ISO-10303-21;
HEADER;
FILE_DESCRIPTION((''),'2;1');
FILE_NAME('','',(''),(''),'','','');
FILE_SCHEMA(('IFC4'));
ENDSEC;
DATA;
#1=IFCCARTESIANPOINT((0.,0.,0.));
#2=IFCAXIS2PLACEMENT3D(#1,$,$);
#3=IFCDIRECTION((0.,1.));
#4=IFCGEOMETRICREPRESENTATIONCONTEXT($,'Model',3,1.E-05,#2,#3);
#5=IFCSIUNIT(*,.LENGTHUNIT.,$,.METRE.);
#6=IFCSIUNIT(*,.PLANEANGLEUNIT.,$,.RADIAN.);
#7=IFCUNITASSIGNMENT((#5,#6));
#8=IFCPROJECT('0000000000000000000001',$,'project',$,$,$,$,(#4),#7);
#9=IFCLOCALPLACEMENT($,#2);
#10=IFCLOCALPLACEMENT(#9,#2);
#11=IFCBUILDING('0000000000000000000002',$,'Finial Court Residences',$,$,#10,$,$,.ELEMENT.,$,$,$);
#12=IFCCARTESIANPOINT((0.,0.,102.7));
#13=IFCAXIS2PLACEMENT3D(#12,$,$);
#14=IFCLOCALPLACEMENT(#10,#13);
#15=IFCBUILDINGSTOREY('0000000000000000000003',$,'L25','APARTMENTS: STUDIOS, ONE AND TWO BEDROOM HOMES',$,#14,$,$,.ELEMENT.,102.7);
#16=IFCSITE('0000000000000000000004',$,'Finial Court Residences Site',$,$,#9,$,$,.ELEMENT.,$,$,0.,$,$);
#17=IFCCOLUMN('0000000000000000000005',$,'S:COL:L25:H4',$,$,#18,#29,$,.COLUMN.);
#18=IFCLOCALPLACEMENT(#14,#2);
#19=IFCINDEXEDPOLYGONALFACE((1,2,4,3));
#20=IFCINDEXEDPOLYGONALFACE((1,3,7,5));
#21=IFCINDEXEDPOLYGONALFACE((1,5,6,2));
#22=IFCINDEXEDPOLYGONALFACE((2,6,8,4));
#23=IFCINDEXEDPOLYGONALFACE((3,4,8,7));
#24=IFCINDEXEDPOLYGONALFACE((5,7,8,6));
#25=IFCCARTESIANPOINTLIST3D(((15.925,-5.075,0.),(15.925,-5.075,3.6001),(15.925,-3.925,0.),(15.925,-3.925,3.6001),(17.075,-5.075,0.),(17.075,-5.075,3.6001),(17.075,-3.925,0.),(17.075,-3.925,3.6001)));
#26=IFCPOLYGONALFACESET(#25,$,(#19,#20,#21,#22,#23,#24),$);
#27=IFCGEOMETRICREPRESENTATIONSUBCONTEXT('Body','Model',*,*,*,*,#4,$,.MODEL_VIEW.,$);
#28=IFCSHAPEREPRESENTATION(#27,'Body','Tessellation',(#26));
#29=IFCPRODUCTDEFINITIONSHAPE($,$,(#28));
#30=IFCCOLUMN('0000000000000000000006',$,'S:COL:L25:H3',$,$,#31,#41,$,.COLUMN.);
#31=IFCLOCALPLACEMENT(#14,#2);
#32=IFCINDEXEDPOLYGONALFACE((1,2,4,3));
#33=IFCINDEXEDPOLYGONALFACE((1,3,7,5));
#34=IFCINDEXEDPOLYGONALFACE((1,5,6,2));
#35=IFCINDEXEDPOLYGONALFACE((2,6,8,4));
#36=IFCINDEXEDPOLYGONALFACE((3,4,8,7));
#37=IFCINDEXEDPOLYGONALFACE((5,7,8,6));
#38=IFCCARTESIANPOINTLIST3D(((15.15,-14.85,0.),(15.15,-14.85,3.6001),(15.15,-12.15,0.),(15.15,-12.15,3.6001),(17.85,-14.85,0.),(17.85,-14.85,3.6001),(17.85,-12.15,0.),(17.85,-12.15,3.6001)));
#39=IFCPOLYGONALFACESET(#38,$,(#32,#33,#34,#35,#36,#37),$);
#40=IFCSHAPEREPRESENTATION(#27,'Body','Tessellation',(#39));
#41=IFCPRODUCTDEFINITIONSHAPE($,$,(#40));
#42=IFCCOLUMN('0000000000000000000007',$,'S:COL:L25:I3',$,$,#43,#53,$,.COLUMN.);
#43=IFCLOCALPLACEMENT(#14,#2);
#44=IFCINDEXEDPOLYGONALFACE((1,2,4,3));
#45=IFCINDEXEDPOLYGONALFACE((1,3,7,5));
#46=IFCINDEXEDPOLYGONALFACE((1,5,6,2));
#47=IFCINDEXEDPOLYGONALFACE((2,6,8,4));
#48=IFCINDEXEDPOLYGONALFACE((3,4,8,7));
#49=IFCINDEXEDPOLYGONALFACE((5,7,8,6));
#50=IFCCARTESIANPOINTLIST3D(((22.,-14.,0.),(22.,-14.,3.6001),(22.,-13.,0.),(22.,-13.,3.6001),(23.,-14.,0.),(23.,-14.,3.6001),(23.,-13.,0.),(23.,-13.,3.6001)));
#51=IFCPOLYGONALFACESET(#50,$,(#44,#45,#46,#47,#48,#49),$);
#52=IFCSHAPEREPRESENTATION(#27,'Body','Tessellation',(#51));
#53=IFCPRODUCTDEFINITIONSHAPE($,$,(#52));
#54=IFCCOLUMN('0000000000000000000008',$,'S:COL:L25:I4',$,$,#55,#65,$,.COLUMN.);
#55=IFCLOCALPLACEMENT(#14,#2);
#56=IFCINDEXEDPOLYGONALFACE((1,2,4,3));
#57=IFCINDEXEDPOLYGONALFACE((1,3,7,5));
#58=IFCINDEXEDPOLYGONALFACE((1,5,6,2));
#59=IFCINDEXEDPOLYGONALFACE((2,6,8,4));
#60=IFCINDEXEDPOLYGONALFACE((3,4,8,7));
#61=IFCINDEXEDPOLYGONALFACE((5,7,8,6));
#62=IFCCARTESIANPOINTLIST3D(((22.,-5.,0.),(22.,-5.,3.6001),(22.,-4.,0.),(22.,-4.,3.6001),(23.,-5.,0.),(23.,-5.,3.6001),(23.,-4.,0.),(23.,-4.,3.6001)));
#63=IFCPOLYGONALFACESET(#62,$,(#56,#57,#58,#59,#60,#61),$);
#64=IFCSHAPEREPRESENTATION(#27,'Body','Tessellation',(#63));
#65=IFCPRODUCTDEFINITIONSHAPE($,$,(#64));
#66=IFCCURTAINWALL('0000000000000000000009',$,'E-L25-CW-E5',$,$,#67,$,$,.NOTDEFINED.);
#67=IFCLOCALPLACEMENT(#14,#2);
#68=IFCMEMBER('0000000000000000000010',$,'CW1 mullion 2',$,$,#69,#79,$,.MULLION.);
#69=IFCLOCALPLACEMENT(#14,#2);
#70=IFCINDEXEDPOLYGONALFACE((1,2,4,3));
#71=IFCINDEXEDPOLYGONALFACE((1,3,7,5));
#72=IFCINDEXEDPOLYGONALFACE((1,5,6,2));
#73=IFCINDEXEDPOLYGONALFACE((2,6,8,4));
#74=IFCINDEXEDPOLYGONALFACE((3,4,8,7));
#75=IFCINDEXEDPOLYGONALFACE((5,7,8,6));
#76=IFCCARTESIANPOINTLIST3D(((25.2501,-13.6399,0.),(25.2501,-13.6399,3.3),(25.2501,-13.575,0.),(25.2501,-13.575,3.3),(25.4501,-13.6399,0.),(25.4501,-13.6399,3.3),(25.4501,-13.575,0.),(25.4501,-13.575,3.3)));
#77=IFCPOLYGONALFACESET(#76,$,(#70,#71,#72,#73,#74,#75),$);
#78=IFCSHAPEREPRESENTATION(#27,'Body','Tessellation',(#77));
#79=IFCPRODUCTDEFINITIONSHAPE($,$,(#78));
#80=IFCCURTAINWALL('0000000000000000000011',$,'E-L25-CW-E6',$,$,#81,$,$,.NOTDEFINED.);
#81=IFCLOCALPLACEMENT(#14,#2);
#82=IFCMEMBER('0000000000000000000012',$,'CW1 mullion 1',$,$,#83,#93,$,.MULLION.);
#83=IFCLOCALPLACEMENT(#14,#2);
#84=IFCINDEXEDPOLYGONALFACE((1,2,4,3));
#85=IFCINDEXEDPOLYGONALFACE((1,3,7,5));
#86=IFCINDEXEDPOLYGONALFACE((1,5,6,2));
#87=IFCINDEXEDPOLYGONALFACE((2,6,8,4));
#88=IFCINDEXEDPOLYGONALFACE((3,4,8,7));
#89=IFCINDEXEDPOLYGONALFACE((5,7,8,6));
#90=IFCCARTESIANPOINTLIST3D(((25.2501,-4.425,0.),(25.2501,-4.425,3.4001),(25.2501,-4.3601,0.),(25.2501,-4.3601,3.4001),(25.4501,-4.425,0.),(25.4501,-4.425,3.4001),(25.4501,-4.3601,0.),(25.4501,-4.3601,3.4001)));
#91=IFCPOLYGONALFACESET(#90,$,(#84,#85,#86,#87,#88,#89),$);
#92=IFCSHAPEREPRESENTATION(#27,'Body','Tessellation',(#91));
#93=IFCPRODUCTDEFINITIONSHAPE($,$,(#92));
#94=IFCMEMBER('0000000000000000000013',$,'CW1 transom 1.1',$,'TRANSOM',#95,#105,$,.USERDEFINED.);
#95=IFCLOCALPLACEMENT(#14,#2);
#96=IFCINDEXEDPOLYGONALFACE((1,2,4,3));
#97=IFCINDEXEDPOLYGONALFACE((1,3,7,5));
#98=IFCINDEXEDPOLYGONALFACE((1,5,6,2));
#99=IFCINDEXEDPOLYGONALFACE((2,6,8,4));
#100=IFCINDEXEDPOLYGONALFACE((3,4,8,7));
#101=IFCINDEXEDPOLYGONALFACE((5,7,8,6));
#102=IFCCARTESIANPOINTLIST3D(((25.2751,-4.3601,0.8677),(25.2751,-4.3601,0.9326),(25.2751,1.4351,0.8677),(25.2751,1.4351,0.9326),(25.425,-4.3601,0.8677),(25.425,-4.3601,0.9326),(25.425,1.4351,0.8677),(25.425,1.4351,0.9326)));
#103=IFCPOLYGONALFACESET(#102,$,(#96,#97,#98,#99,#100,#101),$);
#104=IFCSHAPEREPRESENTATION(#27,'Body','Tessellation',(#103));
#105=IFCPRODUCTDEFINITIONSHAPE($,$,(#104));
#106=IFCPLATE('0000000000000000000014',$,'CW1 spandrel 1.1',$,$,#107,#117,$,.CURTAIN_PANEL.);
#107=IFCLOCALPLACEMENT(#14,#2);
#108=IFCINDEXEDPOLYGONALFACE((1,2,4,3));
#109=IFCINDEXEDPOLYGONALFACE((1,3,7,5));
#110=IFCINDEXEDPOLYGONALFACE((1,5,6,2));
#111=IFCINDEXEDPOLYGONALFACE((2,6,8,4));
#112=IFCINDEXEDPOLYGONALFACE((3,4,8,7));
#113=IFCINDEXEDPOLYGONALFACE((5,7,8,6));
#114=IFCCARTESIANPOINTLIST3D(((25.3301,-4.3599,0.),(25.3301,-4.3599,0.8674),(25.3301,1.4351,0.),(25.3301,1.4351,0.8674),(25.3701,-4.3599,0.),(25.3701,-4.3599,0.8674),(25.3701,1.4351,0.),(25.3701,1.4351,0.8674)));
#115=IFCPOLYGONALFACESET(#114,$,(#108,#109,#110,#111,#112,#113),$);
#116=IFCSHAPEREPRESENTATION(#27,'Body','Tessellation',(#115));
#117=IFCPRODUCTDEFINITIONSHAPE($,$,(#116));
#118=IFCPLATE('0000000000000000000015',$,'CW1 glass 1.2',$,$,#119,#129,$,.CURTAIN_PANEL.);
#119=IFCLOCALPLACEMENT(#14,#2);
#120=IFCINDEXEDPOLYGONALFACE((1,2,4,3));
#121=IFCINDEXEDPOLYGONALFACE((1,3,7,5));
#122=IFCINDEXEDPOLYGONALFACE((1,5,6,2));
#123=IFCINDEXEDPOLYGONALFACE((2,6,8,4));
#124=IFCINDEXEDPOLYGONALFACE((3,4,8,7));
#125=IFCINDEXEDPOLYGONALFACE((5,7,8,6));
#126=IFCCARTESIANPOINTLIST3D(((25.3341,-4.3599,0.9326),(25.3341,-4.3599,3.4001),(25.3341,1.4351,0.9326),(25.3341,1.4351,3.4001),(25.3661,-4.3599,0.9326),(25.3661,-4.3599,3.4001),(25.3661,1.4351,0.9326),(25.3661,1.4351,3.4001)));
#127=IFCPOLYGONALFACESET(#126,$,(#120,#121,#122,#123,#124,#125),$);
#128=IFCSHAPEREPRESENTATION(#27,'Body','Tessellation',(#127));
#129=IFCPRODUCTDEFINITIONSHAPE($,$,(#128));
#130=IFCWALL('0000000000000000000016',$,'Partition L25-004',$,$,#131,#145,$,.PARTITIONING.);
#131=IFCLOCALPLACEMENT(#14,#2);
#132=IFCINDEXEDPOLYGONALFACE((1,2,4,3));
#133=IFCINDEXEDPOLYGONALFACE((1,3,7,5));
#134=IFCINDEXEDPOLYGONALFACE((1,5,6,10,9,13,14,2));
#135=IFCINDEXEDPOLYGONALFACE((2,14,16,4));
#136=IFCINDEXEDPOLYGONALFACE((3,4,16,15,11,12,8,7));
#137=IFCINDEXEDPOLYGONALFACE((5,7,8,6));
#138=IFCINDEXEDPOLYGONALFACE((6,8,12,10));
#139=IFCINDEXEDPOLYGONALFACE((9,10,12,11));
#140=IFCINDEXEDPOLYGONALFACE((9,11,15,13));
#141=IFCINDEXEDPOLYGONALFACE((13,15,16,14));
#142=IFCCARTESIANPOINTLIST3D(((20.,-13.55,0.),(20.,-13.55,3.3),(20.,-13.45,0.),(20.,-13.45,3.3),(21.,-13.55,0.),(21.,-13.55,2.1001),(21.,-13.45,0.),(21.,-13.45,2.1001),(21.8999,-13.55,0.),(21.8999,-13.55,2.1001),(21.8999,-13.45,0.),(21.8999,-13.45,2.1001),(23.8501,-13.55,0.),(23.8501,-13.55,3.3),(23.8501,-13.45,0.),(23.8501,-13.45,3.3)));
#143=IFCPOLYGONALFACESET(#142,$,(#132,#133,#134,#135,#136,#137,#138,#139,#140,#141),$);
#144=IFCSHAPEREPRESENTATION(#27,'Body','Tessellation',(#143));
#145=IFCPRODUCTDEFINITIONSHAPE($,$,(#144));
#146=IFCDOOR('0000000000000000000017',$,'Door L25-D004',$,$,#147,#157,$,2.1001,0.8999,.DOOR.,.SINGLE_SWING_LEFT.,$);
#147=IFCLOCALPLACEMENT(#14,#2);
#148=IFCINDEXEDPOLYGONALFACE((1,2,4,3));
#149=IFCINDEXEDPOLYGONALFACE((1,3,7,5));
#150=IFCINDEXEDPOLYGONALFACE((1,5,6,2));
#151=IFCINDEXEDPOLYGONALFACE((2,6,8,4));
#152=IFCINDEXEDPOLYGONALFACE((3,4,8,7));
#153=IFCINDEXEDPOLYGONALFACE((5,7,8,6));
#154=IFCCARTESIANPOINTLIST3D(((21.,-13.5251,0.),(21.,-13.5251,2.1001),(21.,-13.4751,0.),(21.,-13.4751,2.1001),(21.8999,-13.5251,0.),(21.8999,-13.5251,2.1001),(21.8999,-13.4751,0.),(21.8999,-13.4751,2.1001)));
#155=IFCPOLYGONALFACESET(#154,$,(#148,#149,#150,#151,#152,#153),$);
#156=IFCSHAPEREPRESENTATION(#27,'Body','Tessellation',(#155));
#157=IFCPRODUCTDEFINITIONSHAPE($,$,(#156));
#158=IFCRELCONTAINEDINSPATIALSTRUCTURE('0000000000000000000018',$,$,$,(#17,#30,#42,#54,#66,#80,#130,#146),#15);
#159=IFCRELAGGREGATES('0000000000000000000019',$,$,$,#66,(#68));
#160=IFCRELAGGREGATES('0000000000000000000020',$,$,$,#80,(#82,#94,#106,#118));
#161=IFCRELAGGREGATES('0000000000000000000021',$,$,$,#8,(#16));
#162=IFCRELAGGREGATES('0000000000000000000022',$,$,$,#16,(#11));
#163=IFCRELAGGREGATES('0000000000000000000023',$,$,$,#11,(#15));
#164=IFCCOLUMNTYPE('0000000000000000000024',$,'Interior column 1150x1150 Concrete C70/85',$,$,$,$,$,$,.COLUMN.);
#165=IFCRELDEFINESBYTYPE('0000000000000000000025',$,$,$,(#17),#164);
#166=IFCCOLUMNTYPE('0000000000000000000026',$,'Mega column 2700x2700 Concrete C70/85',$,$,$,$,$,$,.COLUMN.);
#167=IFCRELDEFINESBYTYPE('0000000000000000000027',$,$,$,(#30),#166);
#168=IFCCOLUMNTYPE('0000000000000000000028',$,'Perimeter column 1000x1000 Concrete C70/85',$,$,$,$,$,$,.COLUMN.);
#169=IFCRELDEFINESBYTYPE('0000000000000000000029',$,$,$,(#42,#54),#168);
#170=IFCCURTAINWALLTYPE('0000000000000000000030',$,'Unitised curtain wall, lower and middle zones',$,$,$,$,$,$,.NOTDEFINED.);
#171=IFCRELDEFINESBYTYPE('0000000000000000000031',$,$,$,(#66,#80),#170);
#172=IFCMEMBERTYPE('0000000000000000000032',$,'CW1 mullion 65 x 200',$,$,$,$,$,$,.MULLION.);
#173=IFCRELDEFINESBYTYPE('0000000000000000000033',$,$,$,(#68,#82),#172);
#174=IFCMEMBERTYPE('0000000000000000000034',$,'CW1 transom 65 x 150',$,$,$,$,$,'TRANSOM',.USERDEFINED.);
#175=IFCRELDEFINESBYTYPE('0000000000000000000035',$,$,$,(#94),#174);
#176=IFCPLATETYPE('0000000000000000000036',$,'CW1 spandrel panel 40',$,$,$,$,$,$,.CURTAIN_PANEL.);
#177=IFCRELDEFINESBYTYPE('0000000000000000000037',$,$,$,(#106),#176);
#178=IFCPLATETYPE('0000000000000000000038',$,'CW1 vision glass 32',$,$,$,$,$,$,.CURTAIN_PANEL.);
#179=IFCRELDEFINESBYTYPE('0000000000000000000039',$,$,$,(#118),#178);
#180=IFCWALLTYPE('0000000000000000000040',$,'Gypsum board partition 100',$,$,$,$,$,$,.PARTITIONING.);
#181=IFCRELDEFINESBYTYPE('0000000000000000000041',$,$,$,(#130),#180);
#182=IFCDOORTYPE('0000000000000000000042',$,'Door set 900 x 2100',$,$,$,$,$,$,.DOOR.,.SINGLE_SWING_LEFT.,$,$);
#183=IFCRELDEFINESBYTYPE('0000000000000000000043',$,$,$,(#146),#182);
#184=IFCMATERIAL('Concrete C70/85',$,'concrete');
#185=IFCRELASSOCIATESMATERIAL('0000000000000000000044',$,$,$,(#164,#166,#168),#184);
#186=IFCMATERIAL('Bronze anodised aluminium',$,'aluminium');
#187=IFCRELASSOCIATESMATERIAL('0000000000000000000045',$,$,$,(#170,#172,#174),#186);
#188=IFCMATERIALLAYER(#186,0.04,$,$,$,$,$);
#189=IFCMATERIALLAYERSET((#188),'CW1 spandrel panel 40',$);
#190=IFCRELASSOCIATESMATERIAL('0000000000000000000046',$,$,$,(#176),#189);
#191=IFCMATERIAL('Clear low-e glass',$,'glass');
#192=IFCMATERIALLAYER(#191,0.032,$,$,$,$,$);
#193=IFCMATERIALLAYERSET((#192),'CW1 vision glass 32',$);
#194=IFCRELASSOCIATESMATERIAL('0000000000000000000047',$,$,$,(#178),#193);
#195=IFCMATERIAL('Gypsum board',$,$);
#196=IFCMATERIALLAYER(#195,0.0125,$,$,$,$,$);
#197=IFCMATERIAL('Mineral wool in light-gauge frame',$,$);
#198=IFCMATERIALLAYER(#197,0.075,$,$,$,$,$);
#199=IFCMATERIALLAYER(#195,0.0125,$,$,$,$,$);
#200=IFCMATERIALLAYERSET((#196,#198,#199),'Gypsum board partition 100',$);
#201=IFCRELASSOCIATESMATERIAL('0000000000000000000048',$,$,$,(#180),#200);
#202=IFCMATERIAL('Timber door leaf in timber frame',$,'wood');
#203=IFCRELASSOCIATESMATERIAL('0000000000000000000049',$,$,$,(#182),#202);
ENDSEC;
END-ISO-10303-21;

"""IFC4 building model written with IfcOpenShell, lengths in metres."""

from ifc_helpers import new_model, si_unit, direction, frame, frame_2d, origin, origin_2d, place, context, subcontext, project, spatial, rectangle, extrude, material, layer, layer_set, material_profile, profile_set, type_object, element, fill, aggregate, save


model = new_model("IFC4")

# Units and contexts
model_context = context("Model", 3, precision=1e-05, world=origin(), true_north=direction((0.0, 1.0)))
body_context = subcontext(model_context, "Body", "Model", "MODEL_VIEW")
ifc_project = project(units=[si_unit("LENGTHUNIT", "METRE"), si_unit("PLANEANGLEUNIT", "RADIAN")], contexts=[model_context])

# Site, building, storey
site_placement = place(None, origin())
site = spatial("IfcSite", under=ifc_project, at=site_placement, Name="Finial Court Residences Site", CompositionType="ELEMENT", RefElevation=0.0)
building_placement = place(site_placement, origin())
building = spatial("IfcBuilding", under=site, at=building_placement, Name="Finial Court Residences", CompositionType="ELEMENT")
storey_placement = place(building_placement, frame((0.0, 0.0, 102.7)))
storey = spatial("IfcBuildingStorey", under=building, at=storey_placement, Name="L25", Description="APARTMENTS: STUDIOS, ONE AND TWO BEDROOM HOMES", CompositionType="ELEMENT", Elevation=102.7)

# Columns
ifc_material_1 = material(Name="Concrete C70/85", Category="concrete")
ifc_material_profile_1 = material_profile(ifc_material_1, rectangle(XDim=1.1499, YDim=1.1499, at=origin_2d()), Name="1150x1150")
ifc_profile_set_1 = profile_set([ifc_material_profile_1], Name="Concrete C70/85")
column_type_1 = type_object("IfcColumnType", Name="Interior column 1150x1150 Concrete C70/85", PredefinedType="COLUMN", material=ifc_profile_set_1)
column_1_placement = place(storey_placement, frame((16.5, -4.5, 0.0), z_axis=(0.0, 0.0, 1.0), x_axis=(1.0, 0.0, 0.0)))
element("IfcColumn", 1, at=column_1_placement, inside=storey, type_object=column_type_1, Name="S:COL:L25:H4", PredefinedType="COLUMN", context=body_context, shape_type="SweptSolid", body=[
    extrude(rectangle(XDim=1.1499, YDim=1.1499, at=origin_2d()), origin(), (0.0, 0.0, 1.0), 3.6001),
])
ifc_material_profile_2 = material_profile(ifc_material_1, rectangle(XDim=2.7, YDim=2.7, at=origin_2d()), Name="2700x2700")
ifc_profile_set_2 = profile_set([ifc_material_profile_2], Name="Concrete C70/85")
column_type_2 = type_object("IfcColumnType", Name="Mega column 2700x2700 Concrete C70/85", PredefinedType="COLUMN", material=ifc_profile_set_2)
column_2_placement = place(storey_placement, frame((16.5, -13.5, 0.0), z_axis=(0.0, 0.0, 1.0), x_axis=(1.0, 0.0, 0.0)))
element("IfcColumn", 2, at=column_2_placement, inside=storey, type_object=column_type_2, Name="S:COL:L25:H3", PredefinedType="COLUMN", context=body_context, shape_type="SweptSolid", body=[
    extrude(rectangle(XDim=2.7, YDim=2.7, at=origin_2d()), origin(), (0.0, 0.0, 1.0), 3.6001),
])
ifc_material_profile_3 = material_profile(ifc_material_1, rectangle(XDim=1.0, YDim=1.0, at=origin_2d()), Name="1000x1000")
ifc_profile_set_3 = profile_set([ifc_material_profile_3], Name="Concrete C70/85")
column_type_3 = type_object("IfcColumnType", Name="Perimeter column 1000x1000 Concrete C70/85", PredefinedType="COLUMN", material=ifc_profile_set_3)
for number, where, z_axis, x_axis, name in (
    (3, (22.5, -13.5, 0.0), (0.0, 0.0, 1.0), (1.0, 0.0, 0.0), "S:COL:L25:I3"),
    (4, (22.5, -4.5, 0.0), (0.0, 0.0, 1.0), (1.0, 0.0, 0.0), "S:COL:L25:I4"),
):
    element("IfcColumn", number, at=place(storey_placement, frame(where, z_axis=z_axis, x_axis=x_axis)), inside=storey, type_object=column_type_3, Name=name, PredefinedType="COLUMN", context=body_context, shape_type="SweptSolid", body=[
        extrude(rectangle(XDim=1.0, YDim=1.0, at=origin_2d()), origin(), (0.0, 0.0, 1.0), 3.6001),
    ])

# Curtain wall, member
ifc_material_2 = material(Name="Bronze anodised aluminium", Category="aluminium")
curtain_wall_type = type_object("IfcCurtainWallType", Name="Unitised curtain wall, lower and middle zones", PredefinedType="NOTDEFINED", material=ifc_material_2)
curtain_wall_1_placement = place(storey_placement, origin())
curtain_wall_1 = element("IfcCurtainWall", 5, at=curtain_wall_1_placement, inside=storey, type_object=curtain_wall_type, Name="E-L25-CW-E5", PredefinedType="NOTDEFINED")
ifc_material_profile_4 = material_profile(ifc_material_2, rectangle(XDim=0.2, YDim=0.0649, at=origin_2d()), Name="CW1 mullion 65 x 200")
ifc_profile_set_4 = profile_set([ifc_material_profile_4], Name="Bronze anodised aluminium")
member_type_1 = type_object("IfcMemberType", Name="CW1 mullion 65 x 200", PredefinedType="MULLION", material=ifc_profile_set_4)
member_1_placement = place(storey_placement, frame((25.3501, -13.6074, 0.0), z_axis=(0.0, 0.0, 1.0), x_axis=(-1.0, 0.0, 0.0)))
member_1 = element("IfcMember", 6, at=member_1_placement, type_object=member_type_1, Name="CW1 mullion 2", PredefinedType="MULLION", context=body_context, shape_type="SweptSolid", body=[
    extrude(rectangle(XDim=0.2, YDim=0.0649, at=origin_2d()), origin(), (0.0, 0.0, 1.0), 3.3),
])
aggregate(curtain_wall_1, [member_1])

# Curtain wall, members, plates
curtain_wall_2_placement = place(storey_placement, origin())
curtain_wall_2 = element("IfcCurtainWall", 7, at=curtain_wall_2_placement, inside=storey, type_object=curtain_wall_type, Name="E-L25-CW-E6", PredefinedType="NOTDEFINED")
member_2_placement = place(storey_placement, frame((25.3501, -4.3926, 0.0), z_axis=(0.0, 0.0, 1.0), x_axis=(-1.0, 0.0, 0.0)))
member_2 = element("IfcMember", 8, at=member_2_placement, type_object=member_type_1, Name="CW1 mullion 1", PredefinedType="MULLION", context=body_context, shape_type="SweptSolid", body=[
    extrude(rectangle(XDim=0.2, YDim=0.0649, at=origin_2d()), origin(), (0.0, 0.0, 1.0), 3.4001),
])
ifc_material_profile_5 = material_profile(ifc_material_2, rectangle(XDim=0.1499, YDim=0.0649, at=origin_2d()), Name="CW1 transom 65 x 150")
ifc_profile_set_5 = profile_set([ifc_material_profile_5], Name="Bronze anodised aluminium")
member_type_2 = type_object("IfcMemberType", Name="CW1 transom 65 x 150", ElementType="TRANSOM", PredefinedType="USERDEFINED", material=ifc_profile_set_5)
member_3_placement = place(storey_placement, frame((25.3501, -4.3601, 0.9001), z_axis=(0.0, 1.0, 0.0), x_axis=(-1.0, 0.0, 0.0)))
member_3 = element("IfcMember", 9, at=member_3_placement, type_object=member_type_2, Name="CW1 transom 1.1", ObjectType="TRANSOM", PredefinedType="USERDEFINED", context=body_context, shape_type="SweptSolid", body=[
    extrude(rectangle(XDim=0.1499, YDim=0.0649, at=origin_2d()), origin(), (0.0, 0.0, 1.0), 5.7952),
])
ifc_layer_1 = layer(ifc_material_2, 0.04)
ifc_layer_set_1 = layer_set([ifc_layer_1], Name="CW1 spandrel panel 40")
plate_type_1 = type_object("IfcPlateType", Name="CW1 spandrel panel 40", PredefinedType="CURTAIN_PANEL", material=ifc_layer_set_1)
plate_1_placement = place(storey_placement, frame((25.3501, -1.4624, 0.0), z_axis=(0.0, 0.0, 1.0), x_axis=(0.0, 1.0, 0.0)))
plate_1 = element("IfcPlate", 10, at=plate_1_placement, type_object=plate_type_1, Name="CW1 spandrel 1.1", PredefinedType="CURTAIN_PANEL", context=body_context, shape_type="SweptSolid", body=[
    extrude(rectangle(XDim=5.7949, YDim=0.04, at=origin_2d()), origin(), (0.0, 0.0, 1.0), 0.8674),
])
ifc_material_3 = material(Name="Clear low-e glass", Category="glass")
ifc_layer_2 = layer(ifc_material_3, 0.032)
ifc_layer_set_2 = layer_set([ifc_layer_2], Name="CW1 vision glass 32")
plate_type_2 = type_object("IfcPlateType", Name="CW1 vision glass 32", PredefinedType="CURTAIN_PANEL", material=ifc_layer_set_2)
plate_2_placement = place(storey_placement, frame((25.3501, -1.4624, 0.9326), z_axis=(0.0, 0.0, 1.0), x_axis=(0.0, 1.0, 0.0)))
plate_2 = element("IfcPlate", 11, at=plate_2_placement, type_object=plate_type_2, Name="CW1 glass 1.2", PredefinedType="CURTAIN_PANEL", context=body_context, shape_type="SweptSolid", body=[
    extrude(rectangle(XDim=5.7949, YDim=0.032, at=origin_2d()), origin(), (0.0, 0.0, 1.0), 2.4675),
])
aggregate(curtain_wall_2, [member_2, member_3, plate_1, plate_2])

# Wall, opening, door
ifc_material_4 = material(Name="Gypsum board")
ifc_layer_3 = layer(ifc_material_4, 0.0125)
ifc_material_5 = material(Name="Mineral wool in light-gauge frame")
ifc_layer_4 = layer(ifc_material_5, 0.075)
ifc_layer_5 = layer(ifc_material_4, 0.0125)
ifc_layer_set_3 = layer_set([ifc_layer_3, ifc_layer_4, ifc_layer_5], Name="Gypsum board partition 100")
wall_type_1 = type_object("IfcWallType", Name="Gypsum board partition 100", PredefinedType="PARTITIONING", material=ifc_layer_set_3)
wall_1_placement = place(storey_placement, frame((20.0, -13.5, 0.0), z_axis=(0.0, 0.0, 1.0), x_axis=(1.0, 0.0, 0.0)))
wall_1 = element("IfcWall", 12, at=wall_1_placement, inside=storey, type_object=wall_type_1, Name="Partition L25-004", PredefinedType="PARTITIONING", context=body_context, shape_type="SweptSolid", body=[
    extrude(rectangle(XDim=3.8501, YDim=0.1001, at=frame_2d((1.925, 0.0))), origin(), (0.0, 0.0, 1.0), 3.3),
])
opening_1_placement = place(wall_1_placement, frame((1.0, 0.0, 0.0)))
opening_1 = element("IfcOpeningElement", 13, at=opening_1_placement, cuts=wall_1, PredefinedType="OPENING", context=body_context, shape_type="SweptSolid", body=[
    extrude(rectangle(XDim=0.8999, YDim=2.1001, at=frame_2d((0.45, 1.05))), frame((0.0, 0.0601, 0.0), z_axis=(0.0, -1.0, 0.0), x_axis=(1.0, 0.0, 0.0)), (0.0, 0.0, 1.0), 0.1201),
])
ifc_material_6 = material(Name="Timber door leaf in timber frame", Category="wood")
door_type_1 = type_object("IfcDoorType", Name="Door set 900 x 2100", OperationType="SINGLE_SWING_LEFT", PredefinedType="DOOR", material=ifc_material_6)
door_1_placement = place(opening_1_placement, origin())
door_1 = element("IfcDoor", 14, at=door_1_placement, inside=storey, type_object=door_type_1, Name="Door L25-D004", OperationType="SINGLE_SWING_LEFT", OverallHeight=2.1001, OverallWidth=0.8999, PredefinedType="DOOR", context=body_context, shape_type="SweptSolid", body=[
    extrude(rectangle(XDim=0.8999, YDim=2.1001, at=frame_2d((0.45, 1.05))), frame((0.0, 0.0249, 0.0), z_axis=(0.0, -1.0, 0.0), x_axis=(1.0, 0.0, 0.0)), (0.0, 0.0, 1.0), 0.05),
])
fill(opening_1, door_1)

save(model, "model.ifc")
